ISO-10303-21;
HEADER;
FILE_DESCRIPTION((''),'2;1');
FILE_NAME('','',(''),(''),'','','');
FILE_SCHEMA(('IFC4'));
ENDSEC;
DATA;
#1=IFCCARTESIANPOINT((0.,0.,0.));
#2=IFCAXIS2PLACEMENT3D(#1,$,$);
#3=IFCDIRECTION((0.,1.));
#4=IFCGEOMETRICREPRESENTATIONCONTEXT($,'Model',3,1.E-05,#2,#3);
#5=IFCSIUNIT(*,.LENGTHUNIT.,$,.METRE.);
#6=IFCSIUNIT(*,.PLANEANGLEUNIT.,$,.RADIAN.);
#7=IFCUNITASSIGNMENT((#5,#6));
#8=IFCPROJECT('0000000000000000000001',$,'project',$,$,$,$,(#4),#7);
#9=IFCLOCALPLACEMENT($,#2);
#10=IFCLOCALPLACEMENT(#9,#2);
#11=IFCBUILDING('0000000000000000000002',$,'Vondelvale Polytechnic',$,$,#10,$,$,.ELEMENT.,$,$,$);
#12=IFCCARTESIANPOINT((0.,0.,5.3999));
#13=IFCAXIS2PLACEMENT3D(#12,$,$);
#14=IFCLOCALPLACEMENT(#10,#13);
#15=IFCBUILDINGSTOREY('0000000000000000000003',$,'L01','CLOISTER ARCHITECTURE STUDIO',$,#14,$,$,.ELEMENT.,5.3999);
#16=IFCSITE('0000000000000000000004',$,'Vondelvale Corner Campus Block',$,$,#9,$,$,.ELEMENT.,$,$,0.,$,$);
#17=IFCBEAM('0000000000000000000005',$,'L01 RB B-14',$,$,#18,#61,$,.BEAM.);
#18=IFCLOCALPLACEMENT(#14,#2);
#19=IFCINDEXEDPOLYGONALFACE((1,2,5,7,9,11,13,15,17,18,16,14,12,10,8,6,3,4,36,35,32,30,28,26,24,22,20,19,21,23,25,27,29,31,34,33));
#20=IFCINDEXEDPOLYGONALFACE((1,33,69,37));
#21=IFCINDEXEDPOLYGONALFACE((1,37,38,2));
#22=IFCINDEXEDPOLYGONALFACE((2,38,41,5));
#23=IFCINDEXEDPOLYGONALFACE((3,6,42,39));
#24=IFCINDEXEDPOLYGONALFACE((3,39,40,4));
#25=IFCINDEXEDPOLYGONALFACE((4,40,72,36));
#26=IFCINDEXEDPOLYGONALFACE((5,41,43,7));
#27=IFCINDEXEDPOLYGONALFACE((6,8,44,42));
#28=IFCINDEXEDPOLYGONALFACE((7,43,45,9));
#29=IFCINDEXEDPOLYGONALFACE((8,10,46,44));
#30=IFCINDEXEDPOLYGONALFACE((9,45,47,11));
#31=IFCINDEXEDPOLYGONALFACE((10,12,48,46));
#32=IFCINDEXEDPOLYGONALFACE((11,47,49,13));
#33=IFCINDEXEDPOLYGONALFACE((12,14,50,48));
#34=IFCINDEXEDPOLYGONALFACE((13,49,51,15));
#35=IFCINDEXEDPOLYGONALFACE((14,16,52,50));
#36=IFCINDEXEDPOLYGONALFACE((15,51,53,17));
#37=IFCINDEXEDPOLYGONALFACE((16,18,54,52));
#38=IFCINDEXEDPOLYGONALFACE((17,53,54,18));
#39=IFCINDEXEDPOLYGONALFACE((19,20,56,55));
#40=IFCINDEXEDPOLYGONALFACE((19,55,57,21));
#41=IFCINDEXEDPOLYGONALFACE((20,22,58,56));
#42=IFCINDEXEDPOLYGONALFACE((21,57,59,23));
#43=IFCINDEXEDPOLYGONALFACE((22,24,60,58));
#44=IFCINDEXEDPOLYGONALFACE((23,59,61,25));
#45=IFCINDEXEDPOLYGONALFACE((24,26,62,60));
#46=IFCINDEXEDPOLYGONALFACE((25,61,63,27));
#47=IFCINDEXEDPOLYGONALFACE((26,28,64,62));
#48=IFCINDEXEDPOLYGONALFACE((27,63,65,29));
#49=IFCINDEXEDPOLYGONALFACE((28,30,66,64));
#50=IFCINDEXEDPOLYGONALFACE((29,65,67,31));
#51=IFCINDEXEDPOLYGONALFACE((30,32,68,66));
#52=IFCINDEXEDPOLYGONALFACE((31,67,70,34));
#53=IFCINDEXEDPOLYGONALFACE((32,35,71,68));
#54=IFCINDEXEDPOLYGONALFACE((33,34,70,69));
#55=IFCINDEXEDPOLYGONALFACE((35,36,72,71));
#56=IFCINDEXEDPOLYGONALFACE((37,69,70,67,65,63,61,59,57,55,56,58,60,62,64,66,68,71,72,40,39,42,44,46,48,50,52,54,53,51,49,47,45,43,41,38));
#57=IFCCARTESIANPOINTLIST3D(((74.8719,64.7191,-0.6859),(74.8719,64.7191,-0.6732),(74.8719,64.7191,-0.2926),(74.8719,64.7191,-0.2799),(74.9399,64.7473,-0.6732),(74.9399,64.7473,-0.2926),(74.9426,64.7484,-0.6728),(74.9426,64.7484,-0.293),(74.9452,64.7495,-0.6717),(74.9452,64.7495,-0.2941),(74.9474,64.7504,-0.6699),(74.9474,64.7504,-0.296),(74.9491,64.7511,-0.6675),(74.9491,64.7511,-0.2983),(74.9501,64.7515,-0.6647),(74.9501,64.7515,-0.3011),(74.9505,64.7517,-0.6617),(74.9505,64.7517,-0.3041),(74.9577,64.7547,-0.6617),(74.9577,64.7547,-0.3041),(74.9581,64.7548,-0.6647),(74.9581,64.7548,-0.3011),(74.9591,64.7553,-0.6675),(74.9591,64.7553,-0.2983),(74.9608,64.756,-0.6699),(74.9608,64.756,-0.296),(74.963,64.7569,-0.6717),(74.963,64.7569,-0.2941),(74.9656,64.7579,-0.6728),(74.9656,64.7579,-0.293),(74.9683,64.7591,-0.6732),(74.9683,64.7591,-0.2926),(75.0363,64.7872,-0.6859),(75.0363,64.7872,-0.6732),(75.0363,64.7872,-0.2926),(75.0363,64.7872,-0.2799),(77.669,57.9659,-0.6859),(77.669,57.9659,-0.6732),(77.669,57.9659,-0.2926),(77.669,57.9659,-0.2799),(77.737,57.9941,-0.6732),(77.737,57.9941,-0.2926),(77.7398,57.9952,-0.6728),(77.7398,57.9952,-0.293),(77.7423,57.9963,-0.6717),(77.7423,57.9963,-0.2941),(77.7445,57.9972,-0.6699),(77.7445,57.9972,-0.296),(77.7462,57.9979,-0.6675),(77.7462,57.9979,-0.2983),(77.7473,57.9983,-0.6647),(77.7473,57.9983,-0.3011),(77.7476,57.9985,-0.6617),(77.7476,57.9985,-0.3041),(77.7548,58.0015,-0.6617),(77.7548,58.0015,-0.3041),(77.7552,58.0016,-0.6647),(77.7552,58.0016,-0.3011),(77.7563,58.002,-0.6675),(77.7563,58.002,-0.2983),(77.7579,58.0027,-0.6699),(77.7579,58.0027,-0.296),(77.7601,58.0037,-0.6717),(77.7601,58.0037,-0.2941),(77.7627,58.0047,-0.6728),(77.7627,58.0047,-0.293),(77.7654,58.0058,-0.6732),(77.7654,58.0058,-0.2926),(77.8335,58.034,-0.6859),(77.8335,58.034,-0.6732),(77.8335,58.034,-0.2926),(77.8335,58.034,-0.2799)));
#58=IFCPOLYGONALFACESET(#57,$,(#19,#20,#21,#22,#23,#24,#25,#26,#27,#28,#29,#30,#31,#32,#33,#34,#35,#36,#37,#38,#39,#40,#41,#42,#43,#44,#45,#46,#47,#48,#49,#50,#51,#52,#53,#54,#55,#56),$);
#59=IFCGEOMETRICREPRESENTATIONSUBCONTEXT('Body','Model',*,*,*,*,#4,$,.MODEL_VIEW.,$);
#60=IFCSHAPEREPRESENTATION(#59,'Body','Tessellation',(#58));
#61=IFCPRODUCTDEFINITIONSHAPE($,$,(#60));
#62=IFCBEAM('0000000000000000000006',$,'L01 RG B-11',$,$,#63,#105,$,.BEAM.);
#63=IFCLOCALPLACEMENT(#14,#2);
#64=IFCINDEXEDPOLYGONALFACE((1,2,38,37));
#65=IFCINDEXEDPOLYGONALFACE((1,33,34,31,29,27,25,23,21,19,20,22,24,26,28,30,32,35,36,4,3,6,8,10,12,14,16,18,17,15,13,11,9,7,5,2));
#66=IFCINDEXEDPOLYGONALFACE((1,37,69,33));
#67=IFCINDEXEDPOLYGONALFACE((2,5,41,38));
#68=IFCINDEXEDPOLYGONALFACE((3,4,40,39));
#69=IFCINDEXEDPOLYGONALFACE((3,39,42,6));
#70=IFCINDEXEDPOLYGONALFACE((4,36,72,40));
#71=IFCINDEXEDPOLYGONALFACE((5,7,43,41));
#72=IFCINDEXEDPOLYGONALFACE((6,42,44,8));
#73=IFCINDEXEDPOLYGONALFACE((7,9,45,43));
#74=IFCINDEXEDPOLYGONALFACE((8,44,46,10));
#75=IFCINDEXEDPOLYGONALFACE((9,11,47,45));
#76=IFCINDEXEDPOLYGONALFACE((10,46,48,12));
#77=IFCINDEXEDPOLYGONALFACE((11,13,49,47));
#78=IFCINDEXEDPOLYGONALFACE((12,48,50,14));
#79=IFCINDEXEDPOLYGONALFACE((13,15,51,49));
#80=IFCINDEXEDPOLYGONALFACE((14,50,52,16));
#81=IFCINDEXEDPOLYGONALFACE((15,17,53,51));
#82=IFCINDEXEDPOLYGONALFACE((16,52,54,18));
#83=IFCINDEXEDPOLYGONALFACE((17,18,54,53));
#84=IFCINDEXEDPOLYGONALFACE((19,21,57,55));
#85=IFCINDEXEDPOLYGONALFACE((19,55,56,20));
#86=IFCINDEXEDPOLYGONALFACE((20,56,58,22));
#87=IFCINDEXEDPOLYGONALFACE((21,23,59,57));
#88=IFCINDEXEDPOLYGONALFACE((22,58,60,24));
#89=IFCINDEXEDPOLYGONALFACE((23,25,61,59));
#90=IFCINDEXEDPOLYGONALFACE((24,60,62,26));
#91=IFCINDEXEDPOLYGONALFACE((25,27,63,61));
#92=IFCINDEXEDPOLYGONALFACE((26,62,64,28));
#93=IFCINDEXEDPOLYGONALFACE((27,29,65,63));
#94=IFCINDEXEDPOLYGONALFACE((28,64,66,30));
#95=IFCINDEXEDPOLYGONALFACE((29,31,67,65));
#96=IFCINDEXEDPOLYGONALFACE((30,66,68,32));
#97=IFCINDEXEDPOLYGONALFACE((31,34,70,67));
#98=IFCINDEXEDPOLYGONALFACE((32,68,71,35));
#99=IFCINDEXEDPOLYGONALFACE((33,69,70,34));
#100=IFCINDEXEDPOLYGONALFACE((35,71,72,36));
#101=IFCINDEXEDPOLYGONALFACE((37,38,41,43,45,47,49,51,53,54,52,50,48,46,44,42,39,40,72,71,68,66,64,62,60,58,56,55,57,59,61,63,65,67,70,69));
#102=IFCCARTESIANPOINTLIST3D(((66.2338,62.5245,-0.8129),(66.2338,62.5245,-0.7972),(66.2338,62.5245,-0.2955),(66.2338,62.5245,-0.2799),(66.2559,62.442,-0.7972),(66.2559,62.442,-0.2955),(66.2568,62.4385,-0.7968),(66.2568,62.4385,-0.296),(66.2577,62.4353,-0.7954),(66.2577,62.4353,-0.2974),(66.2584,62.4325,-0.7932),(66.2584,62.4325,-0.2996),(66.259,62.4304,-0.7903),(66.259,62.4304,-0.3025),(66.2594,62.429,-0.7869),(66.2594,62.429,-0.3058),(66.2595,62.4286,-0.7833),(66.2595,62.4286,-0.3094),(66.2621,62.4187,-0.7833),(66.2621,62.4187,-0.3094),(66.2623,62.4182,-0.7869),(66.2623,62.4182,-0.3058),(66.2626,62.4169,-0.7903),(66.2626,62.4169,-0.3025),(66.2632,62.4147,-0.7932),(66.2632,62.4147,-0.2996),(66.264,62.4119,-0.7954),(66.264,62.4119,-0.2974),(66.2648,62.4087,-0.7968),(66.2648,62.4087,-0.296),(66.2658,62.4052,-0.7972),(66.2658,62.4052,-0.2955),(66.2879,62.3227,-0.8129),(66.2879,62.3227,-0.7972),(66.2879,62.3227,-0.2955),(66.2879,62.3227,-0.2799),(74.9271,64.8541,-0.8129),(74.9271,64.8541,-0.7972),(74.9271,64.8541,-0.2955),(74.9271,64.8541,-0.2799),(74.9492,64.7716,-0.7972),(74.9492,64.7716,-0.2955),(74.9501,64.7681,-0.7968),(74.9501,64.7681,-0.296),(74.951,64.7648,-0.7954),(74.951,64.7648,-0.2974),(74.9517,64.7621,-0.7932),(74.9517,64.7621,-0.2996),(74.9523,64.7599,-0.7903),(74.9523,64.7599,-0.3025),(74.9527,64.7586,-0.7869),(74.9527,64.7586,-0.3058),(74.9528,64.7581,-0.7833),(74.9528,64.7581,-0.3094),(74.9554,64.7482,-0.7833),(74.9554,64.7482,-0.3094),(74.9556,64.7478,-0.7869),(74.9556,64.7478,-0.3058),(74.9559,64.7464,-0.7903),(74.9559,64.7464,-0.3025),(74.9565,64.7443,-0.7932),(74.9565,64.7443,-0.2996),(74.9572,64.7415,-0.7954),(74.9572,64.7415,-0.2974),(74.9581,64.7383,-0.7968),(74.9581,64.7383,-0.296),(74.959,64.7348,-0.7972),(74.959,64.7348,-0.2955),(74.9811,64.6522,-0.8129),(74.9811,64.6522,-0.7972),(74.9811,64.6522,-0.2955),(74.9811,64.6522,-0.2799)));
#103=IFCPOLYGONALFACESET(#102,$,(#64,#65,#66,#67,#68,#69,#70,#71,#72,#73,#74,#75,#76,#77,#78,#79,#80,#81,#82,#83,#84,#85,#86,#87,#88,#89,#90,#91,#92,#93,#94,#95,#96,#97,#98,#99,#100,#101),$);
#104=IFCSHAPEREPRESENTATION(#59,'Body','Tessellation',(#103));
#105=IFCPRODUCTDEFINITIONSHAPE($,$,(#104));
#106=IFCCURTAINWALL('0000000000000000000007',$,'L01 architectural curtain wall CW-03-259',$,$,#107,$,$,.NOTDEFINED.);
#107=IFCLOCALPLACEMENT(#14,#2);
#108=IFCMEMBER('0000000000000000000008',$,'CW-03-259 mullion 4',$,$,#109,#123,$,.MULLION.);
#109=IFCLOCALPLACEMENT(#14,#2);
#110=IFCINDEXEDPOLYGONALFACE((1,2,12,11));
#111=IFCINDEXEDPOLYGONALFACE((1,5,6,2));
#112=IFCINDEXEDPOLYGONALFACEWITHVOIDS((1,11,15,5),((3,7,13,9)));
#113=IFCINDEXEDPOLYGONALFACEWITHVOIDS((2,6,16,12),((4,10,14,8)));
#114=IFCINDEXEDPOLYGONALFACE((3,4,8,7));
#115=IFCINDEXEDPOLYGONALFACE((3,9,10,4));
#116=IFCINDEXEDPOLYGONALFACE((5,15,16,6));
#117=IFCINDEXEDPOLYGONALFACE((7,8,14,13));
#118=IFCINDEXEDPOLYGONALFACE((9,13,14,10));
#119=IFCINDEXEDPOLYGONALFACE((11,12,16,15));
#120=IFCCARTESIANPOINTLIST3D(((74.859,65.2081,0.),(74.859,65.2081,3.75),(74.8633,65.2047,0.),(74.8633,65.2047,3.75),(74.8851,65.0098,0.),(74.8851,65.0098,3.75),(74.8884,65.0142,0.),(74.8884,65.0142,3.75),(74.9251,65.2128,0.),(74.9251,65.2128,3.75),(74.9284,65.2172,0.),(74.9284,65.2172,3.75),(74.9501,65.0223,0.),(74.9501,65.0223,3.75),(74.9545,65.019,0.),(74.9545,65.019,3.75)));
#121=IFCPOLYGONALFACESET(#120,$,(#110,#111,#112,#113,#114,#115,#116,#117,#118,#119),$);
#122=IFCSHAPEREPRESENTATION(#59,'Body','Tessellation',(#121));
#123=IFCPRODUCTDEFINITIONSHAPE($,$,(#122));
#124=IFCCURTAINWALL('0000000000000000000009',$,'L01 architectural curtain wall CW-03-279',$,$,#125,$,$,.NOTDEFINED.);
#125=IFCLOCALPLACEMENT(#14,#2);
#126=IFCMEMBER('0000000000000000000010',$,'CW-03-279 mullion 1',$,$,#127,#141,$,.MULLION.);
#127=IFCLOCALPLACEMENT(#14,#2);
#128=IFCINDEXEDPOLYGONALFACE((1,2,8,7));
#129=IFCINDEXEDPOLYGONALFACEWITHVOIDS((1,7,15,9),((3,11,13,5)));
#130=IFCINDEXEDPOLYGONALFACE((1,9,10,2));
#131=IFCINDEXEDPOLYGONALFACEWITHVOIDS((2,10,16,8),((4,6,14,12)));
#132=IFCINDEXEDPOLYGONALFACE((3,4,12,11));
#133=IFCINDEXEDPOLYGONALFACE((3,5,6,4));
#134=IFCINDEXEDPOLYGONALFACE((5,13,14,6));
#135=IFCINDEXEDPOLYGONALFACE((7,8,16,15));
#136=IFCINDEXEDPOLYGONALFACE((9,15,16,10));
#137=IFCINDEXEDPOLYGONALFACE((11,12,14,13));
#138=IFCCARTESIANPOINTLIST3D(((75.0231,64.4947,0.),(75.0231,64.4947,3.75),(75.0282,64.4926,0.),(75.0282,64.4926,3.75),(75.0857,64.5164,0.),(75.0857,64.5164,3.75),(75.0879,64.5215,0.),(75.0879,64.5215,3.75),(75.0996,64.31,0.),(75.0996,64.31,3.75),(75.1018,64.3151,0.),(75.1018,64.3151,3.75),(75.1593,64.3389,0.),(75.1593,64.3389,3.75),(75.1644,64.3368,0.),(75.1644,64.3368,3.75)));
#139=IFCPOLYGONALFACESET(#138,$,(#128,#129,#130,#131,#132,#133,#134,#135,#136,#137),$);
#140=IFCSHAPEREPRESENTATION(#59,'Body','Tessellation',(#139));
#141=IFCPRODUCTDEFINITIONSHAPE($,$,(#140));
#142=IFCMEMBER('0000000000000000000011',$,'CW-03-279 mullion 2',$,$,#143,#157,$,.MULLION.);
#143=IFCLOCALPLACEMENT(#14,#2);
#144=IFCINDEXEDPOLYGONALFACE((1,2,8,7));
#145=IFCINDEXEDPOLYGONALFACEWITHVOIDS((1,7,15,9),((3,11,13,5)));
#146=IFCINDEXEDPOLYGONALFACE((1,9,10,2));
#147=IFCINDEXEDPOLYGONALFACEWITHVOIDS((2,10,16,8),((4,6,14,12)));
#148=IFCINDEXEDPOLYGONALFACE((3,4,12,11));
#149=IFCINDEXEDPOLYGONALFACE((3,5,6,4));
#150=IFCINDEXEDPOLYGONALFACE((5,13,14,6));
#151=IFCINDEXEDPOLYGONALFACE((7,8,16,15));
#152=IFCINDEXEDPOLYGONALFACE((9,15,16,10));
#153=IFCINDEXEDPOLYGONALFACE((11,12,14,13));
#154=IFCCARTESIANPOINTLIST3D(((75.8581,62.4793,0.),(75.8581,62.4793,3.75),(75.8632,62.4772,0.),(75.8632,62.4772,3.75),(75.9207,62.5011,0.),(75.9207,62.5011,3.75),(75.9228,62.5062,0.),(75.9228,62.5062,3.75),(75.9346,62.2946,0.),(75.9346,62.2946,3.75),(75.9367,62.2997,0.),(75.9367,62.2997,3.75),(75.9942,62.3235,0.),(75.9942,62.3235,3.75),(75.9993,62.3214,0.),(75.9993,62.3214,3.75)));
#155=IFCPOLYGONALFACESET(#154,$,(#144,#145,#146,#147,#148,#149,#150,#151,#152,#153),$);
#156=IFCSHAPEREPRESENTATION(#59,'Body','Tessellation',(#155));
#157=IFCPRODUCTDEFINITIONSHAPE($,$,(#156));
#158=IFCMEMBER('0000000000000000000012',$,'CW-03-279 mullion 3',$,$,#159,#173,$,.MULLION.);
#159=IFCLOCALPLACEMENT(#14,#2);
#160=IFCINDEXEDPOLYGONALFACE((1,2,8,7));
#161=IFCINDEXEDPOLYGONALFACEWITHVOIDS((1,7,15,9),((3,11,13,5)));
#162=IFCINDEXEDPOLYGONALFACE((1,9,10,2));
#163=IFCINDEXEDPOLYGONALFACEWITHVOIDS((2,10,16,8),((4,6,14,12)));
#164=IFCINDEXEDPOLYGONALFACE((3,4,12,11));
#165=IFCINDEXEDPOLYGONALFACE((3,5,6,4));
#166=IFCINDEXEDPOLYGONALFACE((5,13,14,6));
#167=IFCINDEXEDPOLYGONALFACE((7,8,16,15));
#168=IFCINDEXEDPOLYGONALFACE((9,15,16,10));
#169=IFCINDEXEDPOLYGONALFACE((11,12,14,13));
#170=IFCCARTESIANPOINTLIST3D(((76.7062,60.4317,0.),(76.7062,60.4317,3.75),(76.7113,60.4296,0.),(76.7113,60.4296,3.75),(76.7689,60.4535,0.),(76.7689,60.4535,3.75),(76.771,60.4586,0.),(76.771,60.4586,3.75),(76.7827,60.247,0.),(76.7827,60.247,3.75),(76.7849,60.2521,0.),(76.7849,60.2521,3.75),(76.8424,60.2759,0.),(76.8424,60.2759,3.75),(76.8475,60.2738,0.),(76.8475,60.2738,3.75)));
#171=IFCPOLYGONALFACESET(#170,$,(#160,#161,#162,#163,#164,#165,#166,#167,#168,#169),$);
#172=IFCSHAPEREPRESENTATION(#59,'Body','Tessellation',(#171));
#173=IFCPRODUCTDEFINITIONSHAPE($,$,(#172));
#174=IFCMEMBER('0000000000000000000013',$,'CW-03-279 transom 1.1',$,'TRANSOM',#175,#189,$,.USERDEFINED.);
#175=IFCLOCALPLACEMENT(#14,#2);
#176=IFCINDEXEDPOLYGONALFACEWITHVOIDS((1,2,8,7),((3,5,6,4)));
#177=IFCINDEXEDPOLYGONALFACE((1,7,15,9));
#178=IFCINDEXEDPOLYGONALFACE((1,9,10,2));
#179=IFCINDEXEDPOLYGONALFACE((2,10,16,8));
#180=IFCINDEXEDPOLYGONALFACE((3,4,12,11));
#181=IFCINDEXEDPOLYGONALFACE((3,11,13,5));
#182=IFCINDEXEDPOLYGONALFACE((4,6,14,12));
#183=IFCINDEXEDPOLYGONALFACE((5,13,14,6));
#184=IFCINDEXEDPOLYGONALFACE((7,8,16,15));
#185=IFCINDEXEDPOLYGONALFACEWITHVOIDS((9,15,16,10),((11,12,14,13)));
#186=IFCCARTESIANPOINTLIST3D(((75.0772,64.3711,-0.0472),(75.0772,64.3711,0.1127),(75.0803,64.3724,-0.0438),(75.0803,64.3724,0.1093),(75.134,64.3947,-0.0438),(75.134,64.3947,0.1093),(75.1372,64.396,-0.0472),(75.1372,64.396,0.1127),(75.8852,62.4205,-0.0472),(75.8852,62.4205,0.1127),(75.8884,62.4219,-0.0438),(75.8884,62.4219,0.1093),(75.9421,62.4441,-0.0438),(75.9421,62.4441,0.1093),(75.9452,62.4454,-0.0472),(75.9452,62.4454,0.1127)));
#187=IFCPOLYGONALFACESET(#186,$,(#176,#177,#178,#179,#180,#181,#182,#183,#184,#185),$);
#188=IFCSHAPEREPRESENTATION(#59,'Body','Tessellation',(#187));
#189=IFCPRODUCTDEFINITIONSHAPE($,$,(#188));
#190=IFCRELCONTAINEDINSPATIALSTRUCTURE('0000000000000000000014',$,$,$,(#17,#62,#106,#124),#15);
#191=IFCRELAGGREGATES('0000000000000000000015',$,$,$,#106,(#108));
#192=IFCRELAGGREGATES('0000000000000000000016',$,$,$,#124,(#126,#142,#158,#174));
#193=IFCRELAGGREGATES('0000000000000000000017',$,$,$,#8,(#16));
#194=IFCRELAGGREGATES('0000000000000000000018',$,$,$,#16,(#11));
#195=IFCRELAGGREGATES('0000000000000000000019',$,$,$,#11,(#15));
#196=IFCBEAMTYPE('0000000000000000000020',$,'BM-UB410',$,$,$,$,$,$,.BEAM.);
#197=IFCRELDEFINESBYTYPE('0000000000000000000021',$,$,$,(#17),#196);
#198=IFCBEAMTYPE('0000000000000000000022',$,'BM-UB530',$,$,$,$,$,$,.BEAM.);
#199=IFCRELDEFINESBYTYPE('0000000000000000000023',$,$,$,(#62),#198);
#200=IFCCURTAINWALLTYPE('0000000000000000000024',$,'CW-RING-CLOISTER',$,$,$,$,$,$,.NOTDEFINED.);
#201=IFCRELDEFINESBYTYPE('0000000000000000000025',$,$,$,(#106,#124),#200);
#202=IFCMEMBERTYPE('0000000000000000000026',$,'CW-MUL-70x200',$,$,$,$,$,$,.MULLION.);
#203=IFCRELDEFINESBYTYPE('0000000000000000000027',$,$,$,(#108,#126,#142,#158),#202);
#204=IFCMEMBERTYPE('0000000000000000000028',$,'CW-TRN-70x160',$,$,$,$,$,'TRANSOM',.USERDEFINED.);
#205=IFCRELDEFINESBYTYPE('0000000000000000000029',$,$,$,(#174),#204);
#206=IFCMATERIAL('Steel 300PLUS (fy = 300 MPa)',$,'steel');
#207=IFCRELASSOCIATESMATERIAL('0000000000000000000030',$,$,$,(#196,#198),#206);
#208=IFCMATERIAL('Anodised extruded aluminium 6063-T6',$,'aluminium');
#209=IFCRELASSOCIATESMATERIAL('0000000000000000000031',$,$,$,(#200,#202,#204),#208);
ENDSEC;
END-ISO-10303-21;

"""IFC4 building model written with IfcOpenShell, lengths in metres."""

from ifc_helpers import new_model, si_unit, direction, frame, origin, origin_2d, place, context, subcontext, project, spatial, hollow_rectangle, i_section, extrude, material, material_profile, profile_set, type_object, element, aggregate, save


model = new_model("IFC4")

# Units and contexts
model_context = context("Model", 3, precision=1e-05, world=origin(), true_north=direction((0.0, 1.0)))
body_context = subcontext(model_context, "Body", "Model", "MODEL_VIEW")
ifc_project = project(units=[si_unit("LENGTHUNIT", "METRE"), si_unit("PLANEANGLEUNIT", "RADIAN")], contexts=[model_context])

# Site, building, storey
site_placement = place(None, origin())
site = spatial("IfcSite", under=ifc_project, at=site_placement, Name="Vondelvale Corner Campus Block", CompositionType="ELEMENT", RefElevation=0.0)
building_placement = place(site_placement, origin())
building = spatial("IfcBuilding", under=site, at=building_placement, Name="Vondelvale Polytechnic", CompositionType="ELEMENT")
storey_placement = place(building_placement, frame((0.0, 0.0, 5.3999)))
storey = spatial("IfcBuildingStorey", under=building, at=storey_placement, Name="L01", Description="CLOISTER ARCHITECTURE STUDIO", CompositionType="ELEMENT", Elevation=5.3999)

# Beams
ifc_material_1 = material(Name="Steel 300PLUS (fy = 300 MPa)", Category="steel")
ifc_material_profile_1 = material_profile(ifc_material_1, i_section(OverallWidth=0.178, OverallDepth=0.406, WebThickness=0.0078, FlangeThickness=0.0127, FilletRadius=0.0115, at=origin_2d()), Name="410UB59.7")
ifc_profile_set_1 = profile_set([ifc_material_profile_1], Name="Steel 300PLUS (fy = 300 MPa)")
beam_type_1 = type_object("IfcBeamType", Name="BM-UB410", PredefinedType="BEAM", material=ifc_profile_set_1)
beam_1_placement = place(storey_placement, frame((74.9541, 64.7532, -0.4829), z_axis=(0.382667, -0.923886, 0.0), x_axis=(0.923886, 0.382667, 0.0)))
element("IfcBeam", 1, at=beam_1_placement, inside=storey, type_object=beam_type_1, Name="L01 RB B-14", PredefinedType="BEAM", context=body_context, shape_type="SweptSolid", body=[
    extrude(i_section(OverallWidth=0.178, OverallDepth=0.406, WebThickness=0.0078, FlangeThickness=0.0127, FilletRadius=0.0115, at=origin_2d()), origin(), (0.0, 0.0, 1.0), 7.3096),
])
ifc_material_profile_2 = material_profile(ifc_material_1, i_section(OverallWidth=0.209, OverallDepth=0.533, WebThickness=0.0103, FlangeThickness=0.0156, FilletRadius=0.0139, at=origin_2d()), Name="530UB92.4")
ifc_profile_set_2 = profile_set([ifc_material_profile_2], Name="Steel 300PLUS (fy = 300 MPa)")
beam_type_2 = type_object("IfcBeamType", Name="BM-UB530", PredefinedType="BEAM", material=ifc_profile_set_2)
beam_2_placement = place(storey_placement, frame((74.9541, 64.7532, -0.5464), z_axis=(-0.96592, -0.258841, 0.0), x_axis=(0.258841, -0.96592, 0.0)))
element("IfcBeam", 2, at=beam_2_placement, inside=storey, type_object=beam_type_2, Name="L01 RG B-11", PredefinedType="BEAM", context=body_context, shape_type="SweptSolid", body=[
    extrude(i_section(OverallWidth=0.209, OverallDepth=0.533, WebThickness=0.0103, FlangeThickness=0.0156, FilletRadius=0.0139, at=origin_2d()), origin(), (0.0, 0.0, 1.0), 9.0),
])

# Curtain wall, member
ifc_material_2 = material(Name="Anodised extruded aluminium 6063-T6", Category="aluminium")
curtain_wall_type = type_object("IfcCurtainWallType", Name="CW-RING-CLOISTER", PredefinedType="NOTDEFINED", material=ifc_material_2)
curtain_wall_1_placement = place(storey_placement, origin())
curtain_wall_1 = element("IfcCurtainWall", 3, at=curtain_wall_1_placement, inside=storey, type_object=curtain_wall_type, Name="L01 architectural curtain wall CW-03-259", PredefinedType="NOTDEFINED")
ifc_material_profile_3 = material_profile(ifc_material_2, hollow_rectangle(XDim=0.0701, YDim=0.2, WallThickness=0.0039, at=origin_2d()), Name="CW-MUL-200x70")
ifc_profile_set_3 = profile_set([ifc_material_profile_3], Name="Anodised extruded aluminium 6063-T6")
member_type_1 = type_object("IfcMemberType", Name="CW-MUL-70x200", PredefinedType="MULLION", material=ifc_profile_set_3)
member_1_placement = place(storey_placement, frame((74.9067, 65.1135, 0.0), z_axis=(0.0, 0.0, 1.0), x_axis=(0.991445, 0.130528, 0.0)))
member_1 = element("IfcMember", 4, at=member_1_placement, type_object=member_type_1, Name="CW-03-259 mullion 4", PredefinedType="MULLION", context=body_context, shape_type="SweptSolid", body=[
    extrude(hollow_rectangle(XDim=0.0701, YDim=0.2, WallThickness=0.0039, at=origin_2d()), origin(), (0.0, 0.0, 1.0), 3.75),
])

# Curtain wall, members
curtain_wall_2_placement = place(storey_placement, origin())
curtain_wall_2 = element("IfcCurtainWall", 5, at=curtain_wall_2_placement, inside=storey, type_object=curtain_wall_type, Name="L01 architectural curtain wall CW-03-279", PredefinedType="NOTDEFINED")
member_2_placement = place(storey_placement, frame((75.0938, 64.4158, 0.0), z_axis=(0.0, 0.0, 1.0), x_axis=(0.923882, 0.382679, 0.0)))
member_2 = element("IfcMember", 6, at=member_2_placement, type_object=member_type_1, Name="CW-03-279 mullion 1", PredefinedType="MULLION", context=body_context, shape_type="SweptSolid", body=[
    extrude(hollow_rectangle(XDim=0.0701, YDim=0.2, WallThickness=0.0039, at=origin_2d()), origin(), (0.0, 0.0, 1.0), 3.75),
])
member_3_placement = place(storey_placement, frame((75.9287, 62.4004, 0.0), z_axis=(0.0, 0.0, 1.0), x_axis=(0.923882, 0.382679, 0.0)))
member_3 = element("IfcMember", 7, at=member_3_placement, type_object=member_type_1, Name="CW-03-279 mullion 2", PredefinedType="MULLION", context=body_context, shape_type="SweptSolid", body=[
    extrude(hollow_rectangle(XDim=0.0701, YDim=0.2, WallThickness=0.0039, at=origin_2d()), origin(), (0.0, 0.0, 1.0), 3.75),
])
member_4_placement = place(storey_placement, frame((76.7769, 60.3528, 0.0), z_axis=(0.0, 0.0, 1.0), x_axis=(0.923882, 0.382679, 0.0)))
member_4 = element("IfcMember", 8, at=member_4_placement, type_object=member_type_1, Name="CW-03-279 mullion 3", PredefinedType="MULLION", context=body_context, shape_type="SweptSolid", body=[
    extrude(hollow_rectangle(XDim=0.0701, YDim=0.2, WallThickness=0.0039, at=origin_2d()), origin(), (0.0, 0.0, 1.0), 3.75),
])
ifc_material_profile_4 = material_profile(ifc_material_2, hollow_rectangle(XDim=0.0649, YDim=0.1599, WallThickness=0.0034, at=origin_2d()), Name="CW-TRN-160x65")
ifc_profile_set_4 = profile_set([ifc_material_profile_4], Name="Anodised extruded aluminium 6063-T6")
member_type_2 = type_object("IfcMemberType", Name="CW-TRN-70x160", ElementType="TRANSOM", PredefinedType="USERDEFINED", material=ifc_profile_set_4)
member_5_placement = place(storey_placement, frame((75.1072, 64.3835, 0.0327), z_axis=(0.382726, -0.923862, 0.0), x_axis=(0.923862, 0.382726, 0.0)))
member_5 = element("IfcMember", 9, at=member_5_placement, type_object=member_type_2, Name="CW-03-279 transom 1.1", ObjectType="TRANSOM", PredefinedType="USERDEFINED", context=body_context, shape_type="SweptSolid", body=[
    extrude(hollow_rectangle(XDim=0.0649, YDim=0.1599, WallThickness=0.0034, at=origin_2d()), origin(), (0.0, 0.0, 1.0), 2.1113),
])

aggregate(curtain_wall_1, [member_1])
aggregate(curtain_wall_2, [member_2, member_3, member_4, member_5])

save(model, "model.ifc")
